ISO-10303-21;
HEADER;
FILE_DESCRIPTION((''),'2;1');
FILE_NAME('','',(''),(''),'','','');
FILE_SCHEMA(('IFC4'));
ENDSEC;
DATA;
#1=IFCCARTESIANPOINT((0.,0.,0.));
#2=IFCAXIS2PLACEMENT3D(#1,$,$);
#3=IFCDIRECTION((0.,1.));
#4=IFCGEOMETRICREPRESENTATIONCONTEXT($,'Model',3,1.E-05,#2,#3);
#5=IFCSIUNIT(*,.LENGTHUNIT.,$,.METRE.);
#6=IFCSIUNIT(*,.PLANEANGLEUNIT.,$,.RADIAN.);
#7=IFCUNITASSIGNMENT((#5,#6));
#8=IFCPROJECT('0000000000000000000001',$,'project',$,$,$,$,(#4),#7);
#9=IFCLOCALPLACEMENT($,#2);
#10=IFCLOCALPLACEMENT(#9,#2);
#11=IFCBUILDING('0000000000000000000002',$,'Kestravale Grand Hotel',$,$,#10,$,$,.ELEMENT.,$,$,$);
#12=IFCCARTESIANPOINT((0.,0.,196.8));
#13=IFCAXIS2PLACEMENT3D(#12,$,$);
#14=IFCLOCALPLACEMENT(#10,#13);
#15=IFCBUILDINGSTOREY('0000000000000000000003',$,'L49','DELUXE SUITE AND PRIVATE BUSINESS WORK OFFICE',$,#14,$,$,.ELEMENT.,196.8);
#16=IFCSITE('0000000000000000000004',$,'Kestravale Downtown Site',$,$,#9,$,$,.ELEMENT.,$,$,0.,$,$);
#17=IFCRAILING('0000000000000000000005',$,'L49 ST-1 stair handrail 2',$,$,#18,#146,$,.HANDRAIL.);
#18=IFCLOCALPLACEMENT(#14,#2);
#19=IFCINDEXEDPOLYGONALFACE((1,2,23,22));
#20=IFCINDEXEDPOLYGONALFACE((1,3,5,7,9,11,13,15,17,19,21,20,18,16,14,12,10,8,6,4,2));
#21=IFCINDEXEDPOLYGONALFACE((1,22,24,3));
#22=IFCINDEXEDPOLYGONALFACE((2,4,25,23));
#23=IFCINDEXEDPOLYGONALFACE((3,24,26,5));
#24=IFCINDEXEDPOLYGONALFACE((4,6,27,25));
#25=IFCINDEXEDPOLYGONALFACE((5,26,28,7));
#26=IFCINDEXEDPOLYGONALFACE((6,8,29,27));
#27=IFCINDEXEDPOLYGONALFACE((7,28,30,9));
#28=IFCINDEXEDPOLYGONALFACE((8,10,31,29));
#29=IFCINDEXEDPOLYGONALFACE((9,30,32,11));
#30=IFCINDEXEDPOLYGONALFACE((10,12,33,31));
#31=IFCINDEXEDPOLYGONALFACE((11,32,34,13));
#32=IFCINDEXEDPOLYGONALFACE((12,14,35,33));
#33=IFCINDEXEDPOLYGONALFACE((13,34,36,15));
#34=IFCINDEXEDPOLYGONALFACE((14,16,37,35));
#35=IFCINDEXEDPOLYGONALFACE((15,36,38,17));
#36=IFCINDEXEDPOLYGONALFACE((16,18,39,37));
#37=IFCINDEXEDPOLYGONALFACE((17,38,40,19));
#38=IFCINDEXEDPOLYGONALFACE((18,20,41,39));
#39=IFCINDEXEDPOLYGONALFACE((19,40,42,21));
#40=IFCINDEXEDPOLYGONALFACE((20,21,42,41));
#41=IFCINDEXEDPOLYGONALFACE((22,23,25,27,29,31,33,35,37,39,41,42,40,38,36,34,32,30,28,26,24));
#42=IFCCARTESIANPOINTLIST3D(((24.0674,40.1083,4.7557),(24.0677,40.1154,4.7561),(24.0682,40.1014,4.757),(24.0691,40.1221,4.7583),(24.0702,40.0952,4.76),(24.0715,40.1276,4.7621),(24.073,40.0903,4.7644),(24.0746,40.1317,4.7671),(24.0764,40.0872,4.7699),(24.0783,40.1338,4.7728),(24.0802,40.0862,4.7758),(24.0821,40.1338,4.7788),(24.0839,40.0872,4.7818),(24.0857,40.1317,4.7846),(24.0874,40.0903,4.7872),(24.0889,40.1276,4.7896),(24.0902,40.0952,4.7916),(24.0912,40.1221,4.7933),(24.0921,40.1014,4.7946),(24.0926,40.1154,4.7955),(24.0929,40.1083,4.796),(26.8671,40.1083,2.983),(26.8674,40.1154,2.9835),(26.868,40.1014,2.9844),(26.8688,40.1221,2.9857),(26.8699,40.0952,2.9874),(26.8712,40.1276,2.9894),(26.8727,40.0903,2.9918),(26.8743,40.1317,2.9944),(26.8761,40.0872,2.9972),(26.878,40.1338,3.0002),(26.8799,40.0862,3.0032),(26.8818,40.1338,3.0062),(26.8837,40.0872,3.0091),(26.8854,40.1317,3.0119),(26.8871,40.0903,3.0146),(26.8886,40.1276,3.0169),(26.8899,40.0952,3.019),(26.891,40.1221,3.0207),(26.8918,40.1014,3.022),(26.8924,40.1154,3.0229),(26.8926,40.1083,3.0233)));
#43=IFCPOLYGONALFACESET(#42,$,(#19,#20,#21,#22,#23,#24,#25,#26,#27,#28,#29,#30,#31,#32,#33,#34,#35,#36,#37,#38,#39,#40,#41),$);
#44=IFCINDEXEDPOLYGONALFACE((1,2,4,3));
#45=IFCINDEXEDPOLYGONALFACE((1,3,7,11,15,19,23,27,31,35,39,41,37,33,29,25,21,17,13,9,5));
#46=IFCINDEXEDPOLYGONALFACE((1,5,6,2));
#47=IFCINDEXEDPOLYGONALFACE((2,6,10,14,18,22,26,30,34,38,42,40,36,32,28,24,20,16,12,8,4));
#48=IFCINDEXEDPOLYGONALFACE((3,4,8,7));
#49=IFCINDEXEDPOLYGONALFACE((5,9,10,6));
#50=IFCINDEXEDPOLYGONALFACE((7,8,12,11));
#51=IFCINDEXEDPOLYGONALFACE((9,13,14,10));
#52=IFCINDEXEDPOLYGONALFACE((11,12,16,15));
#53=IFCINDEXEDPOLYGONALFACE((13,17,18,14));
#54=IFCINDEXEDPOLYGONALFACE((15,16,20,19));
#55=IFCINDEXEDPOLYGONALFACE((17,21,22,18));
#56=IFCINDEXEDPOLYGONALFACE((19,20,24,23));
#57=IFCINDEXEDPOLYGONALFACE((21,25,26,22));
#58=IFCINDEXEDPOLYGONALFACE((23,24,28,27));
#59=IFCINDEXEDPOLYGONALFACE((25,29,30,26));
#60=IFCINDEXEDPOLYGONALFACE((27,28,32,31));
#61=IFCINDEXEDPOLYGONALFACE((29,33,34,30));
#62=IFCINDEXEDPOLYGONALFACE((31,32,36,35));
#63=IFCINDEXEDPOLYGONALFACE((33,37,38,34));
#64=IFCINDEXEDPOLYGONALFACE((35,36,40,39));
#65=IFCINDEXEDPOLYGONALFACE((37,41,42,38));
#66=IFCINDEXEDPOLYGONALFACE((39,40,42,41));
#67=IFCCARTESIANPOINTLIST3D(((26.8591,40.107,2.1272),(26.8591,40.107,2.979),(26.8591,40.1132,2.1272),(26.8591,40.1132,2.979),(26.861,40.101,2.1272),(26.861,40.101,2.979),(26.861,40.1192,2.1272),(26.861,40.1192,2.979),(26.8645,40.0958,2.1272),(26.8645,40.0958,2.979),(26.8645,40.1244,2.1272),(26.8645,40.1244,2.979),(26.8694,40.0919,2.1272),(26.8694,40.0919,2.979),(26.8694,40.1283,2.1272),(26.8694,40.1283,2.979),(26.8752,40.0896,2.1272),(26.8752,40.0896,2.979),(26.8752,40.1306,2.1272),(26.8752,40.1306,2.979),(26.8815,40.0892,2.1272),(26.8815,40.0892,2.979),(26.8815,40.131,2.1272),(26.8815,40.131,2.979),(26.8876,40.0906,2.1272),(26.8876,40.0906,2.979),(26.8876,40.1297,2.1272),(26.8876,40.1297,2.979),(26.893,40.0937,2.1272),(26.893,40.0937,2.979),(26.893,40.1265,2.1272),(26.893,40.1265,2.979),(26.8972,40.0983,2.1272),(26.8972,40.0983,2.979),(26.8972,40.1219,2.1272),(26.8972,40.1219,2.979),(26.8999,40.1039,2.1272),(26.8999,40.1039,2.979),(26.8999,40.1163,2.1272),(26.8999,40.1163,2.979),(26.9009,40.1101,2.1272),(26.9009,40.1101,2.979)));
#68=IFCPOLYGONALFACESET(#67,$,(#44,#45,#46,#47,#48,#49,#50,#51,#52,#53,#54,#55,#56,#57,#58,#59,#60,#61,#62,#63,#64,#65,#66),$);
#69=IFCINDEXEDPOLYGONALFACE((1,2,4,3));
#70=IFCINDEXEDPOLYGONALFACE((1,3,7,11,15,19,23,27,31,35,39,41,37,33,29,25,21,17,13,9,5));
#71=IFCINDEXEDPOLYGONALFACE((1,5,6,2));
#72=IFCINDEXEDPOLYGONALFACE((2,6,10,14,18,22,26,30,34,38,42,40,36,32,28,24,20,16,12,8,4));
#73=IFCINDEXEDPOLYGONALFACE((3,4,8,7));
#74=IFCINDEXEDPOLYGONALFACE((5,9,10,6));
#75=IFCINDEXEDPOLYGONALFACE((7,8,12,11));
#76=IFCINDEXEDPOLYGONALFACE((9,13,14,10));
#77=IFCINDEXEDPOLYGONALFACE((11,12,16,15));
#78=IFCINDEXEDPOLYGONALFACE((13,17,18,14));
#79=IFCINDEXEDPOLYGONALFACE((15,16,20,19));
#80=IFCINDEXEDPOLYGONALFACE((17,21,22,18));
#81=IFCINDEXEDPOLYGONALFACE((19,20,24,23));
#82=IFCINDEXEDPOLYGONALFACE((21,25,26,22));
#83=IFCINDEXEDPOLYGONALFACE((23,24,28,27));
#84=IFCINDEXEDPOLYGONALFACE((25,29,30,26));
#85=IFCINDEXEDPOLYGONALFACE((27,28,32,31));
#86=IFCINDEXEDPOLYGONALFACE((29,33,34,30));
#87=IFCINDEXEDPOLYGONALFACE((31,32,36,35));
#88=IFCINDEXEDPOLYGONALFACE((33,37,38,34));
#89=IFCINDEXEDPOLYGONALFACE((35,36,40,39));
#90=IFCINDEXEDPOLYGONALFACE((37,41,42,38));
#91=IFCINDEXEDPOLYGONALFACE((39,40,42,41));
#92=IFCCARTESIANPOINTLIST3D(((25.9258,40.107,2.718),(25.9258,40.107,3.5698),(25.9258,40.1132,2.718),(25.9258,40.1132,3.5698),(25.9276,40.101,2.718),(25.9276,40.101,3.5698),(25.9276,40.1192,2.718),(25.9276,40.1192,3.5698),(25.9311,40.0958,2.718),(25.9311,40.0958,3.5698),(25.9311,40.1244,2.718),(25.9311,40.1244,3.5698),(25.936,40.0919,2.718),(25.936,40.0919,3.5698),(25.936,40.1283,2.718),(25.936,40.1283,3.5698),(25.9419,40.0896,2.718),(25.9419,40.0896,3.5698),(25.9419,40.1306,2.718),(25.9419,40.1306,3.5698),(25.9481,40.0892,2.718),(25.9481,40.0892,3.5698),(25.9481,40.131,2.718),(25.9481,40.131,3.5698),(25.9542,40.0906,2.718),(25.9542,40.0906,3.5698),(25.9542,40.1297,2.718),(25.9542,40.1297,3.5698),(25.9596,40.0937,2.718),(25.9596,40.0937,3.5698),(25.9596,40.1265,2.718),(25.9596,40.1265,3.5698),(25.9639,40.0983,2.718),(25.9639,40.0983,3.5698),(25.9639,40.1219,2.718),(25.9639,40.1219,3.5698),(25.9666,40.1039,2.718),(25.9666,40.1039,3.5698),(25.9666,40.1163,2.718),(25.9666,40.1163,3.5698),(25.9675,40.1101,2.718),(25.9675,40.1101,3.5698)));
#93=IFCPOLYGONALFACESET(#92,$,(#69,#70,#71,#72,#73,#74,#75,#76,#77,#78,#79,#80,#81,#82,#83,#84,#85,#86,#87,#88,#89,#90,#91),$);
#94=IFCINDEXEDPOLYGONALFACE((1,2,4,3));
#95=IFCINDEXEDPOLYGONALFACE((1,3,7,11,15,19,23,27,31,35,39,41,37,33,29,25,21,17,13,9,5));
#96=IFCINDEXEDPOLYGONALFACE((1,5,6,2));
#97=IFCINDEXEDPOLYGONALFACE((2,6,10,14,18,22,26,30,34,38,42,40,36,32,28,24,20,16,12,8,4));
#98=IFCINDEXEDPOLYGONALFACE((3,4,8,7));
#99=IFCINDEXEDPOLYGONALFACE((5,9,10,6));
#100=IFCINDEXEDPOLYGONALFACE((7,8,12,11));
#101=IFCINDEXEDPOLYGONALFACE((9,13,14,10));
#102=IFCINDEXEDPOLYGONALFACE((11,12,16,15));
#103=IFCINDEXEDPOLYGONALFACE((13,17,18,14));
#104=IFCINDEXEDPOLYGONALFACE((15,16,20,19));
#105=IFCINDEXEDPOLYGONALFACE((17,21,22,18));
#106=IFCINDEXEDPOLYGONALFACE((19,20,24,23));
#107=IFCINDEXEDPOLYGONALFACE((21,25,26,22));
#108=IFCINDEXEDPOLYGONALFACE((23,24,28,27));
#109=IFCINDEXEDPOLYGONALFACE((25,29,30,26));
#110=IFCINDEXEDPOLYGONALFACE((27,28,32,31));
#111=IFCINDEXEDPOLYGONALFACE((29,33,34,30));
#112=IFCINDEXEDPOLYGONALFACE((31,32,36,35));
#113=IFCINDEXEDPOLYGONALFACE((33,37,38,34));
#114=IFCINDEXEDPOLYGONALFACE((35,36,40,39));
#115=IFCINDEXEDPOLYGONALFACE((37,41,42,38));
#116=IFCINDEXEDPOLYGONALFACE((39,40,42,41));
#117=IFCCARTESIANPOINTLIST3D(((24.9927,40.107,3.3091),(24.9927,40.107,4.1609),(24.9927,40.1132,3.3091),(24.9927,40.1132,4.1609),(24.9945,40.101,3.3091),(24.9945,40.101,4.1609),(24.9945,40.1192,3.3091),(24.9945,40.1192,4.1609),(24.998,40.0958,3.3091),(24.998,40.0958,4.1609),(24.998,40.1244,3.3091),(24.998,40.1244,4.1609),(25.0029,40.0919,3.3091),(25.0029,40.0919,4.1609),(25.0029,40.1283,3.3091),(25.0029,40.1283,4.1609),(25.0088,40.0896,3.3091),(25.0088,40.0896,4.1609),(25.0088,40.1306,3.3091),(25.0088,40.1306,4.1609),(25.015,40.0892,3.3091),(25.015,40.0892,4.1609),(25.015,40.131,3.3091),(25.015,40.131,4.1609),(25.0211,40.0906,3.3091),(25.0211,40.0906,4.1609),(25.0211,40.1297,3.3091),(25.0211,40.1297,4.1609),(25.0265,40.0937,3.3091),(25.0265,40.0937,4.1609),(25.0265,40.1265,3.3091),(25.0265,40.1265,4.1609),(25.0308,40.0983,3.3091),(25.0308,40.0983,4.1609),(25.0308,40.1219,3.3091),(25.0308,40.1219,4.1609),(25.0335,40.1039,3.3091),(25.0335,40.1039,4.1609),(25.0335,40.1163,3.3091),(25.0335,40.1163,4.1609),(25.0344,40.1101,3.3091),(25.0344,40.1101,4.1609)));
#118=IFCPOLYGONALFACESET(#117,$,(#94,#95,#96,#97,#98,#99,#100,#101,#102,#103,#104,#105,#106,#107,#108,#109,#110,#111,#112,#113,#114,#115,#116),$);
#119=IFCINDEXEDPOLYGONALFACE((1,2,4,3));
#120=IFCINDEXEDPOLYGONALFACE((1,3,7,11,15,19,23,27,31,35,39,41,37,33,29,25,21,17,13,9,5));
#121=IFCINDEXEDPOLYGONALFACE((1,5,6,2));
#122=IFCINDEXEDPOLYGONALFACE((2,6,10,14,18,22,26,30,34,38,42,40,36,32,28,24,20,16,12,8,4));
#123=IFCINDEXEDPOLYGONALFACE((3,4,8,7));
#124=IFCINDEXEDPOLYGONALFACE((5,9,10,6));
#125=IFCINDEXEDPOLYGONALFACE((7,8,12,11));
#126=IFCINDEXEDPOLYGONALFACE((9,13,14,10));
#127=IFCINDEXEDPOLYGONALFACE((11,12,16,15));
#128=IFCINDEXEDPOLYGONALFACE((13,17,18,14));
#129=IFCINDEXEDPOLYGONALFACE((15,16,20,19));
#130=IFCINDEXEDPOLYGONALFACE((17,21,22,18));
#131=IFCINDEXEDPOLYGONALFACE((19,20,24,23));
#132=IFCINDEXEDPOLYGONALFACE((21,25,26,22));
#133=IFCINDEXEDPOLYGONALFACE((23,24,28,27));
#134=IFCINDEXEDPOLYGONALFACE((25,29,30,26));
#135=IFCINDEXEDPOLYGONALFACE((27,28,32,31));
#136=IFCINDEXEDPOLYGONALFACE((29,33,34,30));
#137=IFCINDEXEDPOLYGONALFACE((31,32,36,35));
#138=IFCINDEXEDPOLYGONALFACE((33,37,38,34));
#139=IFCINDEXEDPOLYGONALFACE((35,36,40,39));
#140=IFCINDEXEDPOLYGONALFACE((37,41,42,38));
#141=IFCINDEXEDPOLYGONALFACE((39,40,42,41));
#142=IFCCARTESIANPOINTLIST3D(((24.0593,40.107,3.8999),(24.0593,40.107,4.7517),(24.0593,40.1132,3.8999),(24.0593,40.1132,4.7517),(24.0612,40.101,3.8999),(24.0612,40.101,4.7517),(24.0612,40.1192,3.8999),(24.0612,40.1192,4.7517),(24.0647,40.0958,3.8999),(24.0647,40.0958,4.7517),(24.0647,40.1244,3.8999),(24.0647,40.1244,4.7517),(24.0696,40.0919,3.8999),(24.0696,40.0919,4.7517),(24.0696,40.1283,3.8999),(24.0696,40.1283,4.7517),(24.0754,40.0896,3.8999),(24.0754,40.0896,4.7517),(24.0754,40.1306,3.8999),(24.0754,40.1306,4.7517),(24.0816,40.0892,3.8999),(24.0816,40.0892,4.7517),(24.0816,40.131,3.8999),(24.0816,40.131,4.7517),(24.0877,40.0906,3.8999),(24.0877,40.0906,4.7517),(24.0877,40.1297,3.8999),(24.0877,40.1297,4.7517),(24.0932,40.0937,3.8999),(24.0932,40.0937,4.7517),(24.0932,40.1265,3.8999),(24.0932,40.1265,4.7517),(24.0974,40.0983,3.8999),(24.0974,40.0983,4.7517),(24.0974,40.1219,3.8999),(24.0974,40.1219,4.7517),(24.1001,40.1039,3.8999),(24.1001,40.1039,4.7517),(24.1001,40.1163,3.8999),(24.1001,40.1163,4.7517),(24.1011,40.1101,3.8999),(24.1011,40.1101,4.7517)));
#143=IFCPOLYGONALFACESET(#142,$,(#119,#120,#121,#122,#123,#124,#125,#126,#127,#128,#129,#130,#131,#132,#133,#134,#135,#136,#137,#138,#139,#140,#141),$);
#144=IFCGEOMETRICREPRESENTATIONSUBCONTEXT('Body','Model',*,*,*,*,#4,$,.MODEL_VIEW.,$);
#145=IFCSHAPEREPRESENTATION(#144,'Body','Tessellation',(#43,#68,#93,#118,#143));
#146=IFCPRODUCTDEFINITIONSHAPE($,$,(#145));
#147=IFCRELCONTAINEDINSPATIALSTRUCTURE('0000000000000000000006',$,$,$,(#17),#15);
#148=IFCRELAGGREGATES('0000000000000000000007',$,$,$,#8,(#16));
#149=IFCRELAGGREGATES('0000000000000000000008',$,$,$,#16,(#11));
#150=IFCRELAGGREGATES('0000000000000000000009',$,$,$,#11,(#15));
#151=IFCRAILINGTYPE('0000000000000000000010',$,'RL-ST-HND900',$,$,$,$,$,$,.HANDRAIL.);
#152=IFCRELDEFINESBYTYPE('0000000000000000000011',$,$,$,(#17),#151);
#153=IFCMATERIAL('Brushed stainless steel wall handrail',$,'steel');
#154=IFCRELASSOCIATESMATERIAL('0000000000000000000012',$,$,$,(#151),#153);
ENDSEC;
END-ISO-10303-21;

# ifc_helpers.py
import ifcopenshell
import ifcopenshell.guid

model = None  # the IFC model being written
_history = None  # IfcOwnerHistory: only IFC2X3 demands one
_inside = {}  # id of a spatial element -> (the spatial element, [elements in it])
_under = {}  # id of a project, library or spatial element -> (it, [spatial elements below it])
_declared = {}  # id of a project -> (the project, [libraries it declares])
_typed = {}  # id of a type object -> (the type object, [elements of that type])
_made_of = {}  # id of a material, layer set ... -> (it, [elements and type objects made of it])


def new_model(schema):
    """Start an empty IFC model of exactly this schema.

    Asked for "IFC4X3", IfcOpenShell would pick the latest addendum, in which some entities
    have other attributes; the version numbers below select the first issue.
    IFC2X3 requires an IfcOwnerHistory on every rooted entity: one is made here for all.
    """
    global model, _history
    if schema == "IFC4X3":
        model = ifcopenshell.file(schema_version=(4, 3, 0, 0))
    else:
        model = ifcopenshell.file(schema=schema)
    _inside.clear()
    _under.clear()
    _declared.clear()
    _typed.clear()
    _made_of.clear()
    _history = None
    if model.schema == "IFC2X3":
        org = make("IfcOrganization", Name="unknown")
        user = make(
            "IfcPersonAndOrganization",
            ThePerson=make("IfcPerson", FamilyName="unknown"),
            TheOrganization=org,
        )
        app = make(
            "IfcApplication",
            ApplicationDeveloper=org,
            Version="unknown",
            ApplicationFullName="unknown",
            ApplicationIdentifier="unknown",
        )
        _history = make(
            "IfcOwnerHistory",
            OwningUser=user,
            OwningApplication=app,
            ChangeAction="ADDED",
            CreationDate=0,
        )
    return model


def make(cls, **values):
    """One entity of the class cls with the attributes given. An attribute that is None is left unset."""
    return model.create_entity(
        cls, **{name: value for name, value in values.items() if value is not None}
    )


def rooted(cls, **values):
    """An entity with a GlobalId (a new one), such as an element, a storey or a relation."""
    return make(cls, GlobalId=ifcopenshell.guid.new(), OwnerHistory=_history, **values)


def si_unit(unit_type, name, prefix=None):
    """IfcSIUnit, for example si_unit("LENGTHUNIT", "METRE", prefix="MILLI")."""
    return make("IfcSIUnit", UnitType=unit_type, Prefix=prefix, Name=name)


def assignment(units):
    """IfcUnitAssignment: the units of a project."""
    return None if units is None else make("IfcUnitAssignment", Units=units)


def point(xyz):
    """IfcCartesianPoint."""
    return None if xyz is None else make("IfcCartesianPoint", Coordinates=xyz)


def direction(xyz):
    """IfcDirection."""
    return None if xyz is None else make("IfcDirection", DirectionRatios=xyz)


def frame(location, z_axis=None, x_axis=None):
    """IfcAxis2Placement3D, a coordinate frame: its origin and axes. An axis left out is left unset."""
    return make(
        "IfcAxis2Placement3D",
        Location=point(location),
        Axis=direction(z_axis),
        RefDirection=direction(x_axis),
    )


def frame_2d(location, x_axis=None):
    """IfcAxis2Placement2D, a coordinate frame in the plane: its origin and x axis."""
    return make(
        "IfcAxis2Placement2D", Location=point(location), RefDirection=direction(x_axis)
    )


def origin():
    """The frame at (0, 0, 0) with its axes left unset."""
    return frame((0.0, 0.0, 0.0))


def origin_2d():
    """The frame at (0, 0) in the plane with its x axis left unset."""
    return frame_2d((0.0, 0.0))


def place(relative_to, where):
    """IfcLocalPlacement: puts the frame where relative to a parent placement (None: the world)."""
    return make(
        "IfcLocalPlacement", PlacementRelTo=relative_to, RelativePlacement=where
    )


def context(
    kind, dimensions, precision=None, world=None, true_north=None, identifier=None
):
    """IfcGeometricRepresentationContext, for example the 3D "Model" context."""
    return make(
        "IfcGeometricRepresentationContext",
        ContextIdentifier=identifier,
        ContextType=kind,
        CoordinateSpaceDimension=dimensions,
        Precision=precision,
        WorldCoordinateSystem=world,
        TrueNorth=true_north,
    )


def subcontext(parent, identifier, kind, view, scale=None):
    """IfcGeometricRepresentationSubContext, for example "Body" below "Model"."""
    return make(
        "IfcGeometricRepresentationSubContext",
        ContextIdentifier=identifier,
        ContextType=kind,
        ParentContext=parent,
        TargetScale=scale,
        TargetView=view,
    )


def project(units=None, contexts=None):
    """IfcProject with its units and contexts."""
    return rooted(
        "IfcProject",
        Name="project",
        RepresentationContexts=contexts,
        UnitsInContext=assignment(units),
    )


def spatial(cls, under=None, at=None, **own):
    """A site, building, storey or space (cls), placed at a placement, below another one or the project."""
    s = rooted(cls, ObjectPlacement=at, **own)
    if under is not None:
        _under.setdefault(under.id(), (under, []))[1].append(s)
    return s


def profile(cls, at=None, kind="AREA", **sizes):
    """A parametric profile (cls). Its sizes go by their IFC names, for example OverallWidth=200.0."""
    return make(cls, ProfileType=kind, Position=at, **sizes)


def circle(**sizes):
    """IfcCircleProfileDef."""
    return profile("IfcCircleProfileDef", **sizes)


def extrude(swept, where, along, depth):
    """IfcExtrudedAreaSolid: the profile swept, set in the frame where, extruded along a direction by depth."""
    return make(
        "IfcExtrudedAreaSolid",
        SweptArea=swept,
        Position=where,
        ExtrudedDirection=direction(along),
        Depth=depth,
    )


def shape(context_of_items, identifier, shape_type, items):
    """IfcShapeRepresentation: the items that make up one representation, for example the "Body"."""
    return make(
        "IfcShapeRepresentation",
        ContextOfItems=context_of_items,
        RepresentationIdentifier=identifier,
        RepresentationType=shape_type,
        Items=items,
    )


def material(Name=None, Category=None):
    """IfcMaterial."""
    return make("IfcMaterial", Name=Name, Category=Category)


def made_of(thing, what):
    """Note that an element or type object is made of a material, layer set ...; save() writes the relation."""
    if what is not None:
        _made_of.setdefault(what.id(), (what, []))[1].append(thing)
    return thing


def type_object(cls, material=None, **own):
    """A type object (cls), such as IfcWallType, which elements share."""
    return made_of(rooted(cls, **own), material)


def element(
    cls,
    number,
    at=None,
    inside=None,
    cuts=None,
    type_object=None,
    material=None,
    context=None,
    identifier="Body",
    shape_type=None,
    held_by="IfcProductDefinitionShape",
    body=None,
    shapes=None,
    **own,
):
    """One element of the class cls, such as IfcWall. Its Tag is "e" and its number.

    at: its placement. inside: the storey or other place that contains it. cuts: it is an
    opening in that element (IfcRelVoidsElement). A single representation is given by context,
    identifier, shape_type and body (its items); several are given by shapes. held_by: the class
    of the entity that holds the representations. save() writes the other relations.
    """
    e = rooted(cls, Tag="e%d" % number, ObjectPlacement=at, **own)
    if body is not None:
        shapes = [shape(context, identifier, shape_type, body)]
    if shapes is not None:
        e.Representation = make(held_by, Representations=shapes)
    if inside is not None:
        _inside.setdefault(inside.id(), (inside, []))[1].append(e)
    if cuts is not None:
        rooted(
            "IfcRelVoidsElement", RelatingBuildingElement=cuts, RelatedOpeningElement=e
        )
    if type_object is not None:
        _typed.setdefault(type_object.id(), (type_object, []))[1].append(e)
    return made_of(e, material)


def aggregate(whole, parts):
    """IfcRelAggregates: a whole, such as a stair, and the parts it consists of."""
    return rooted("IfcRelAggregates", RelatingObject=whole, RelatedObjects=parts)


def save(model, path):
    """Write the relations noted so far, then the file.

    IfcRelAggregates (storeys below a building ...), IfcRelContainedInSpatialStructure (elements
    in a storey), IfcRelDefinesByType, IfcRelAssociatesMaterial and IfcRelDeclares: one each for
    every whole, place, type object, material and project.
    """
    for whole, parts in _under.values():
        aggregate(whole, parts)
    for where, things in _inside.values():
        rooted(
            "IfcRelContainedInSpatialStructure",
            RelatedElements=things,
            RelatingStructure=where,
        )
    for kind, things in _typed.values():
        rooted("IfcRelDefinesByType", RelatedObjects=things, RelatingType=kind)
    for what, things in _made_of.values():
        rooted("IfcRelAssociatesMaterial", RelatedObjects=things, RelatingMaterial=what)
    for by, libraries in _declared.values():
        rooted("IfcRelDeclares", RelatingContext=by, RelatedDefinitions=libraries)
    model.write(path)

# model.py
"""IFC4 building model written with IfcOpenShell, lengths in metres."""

from ifc_helpers import new_model, si_unit, direction, frame, origin, origin_2d, place, context, subcontext, project, spatial, circle, extrude, material, type_object, element, save


model = new_model("IFC4")

# Units and contexts
model_context = context("Model", 3, precision=1e-05, world=origin(), true_north=direction((0.0, 1.0)))
body_context = subcontext(model_context, "Body", "Model", "MODEL_VIEW")
ifc_project = project(units=[si_unit("LENGTHUNIT", "METRE"), si_unit("PLANEANGLEUNIT", "RADIAN")], contexts=[model_context])

# Site, building, storey
site_placement = place(None, origin())
site = spatial("IfcSite", under=ifc_project, at=site_placement, Name="Kestravale Downtown Site", CompositionType="ELEMENT", RefElevation=0.0)
building_placement = place(site_placement, origin())
building = spatial("IfcBuilding", under=site, at=building_placement, Name="Kestravale Grand Hotel", CompositionType="ELEMENT")
storey_placement = place(building_placement, frame((0.0, 0.0, 196.8)))
storey = spatial("IfcBuildingStorey", under=building, at=storey_placement, Name="L49", Description="DELUXE SUITE AND PRIVATE BUSINESS WORK OFFICE", CompositionType="ELEMENT", Elevation=196.8)

# Railing
ifc_material_1 = material(Name="Brushed stainless steel wall handrail", Category="steel")
railing_type_1 = type_object("IfcRailingType", Name="RL-ST-HND900", PredefinedType="HANDRAIL", material=ifc_material_1)
railing_1_placement = place(storey_placement, frame((26.8799, 40.1101, 2.1272)))
element("IfcRailing", 1, at=railing_1_placement, inside=storey, type_object=railing_type_1, Name="L49 ST-1 stair handrail 2", PredefinedType="HANDRAIL", context=body_context, shape_type="SweptSolid", body=[
    extrude(circle(Radius=0.0239, at=origin_2d()), frame((0.0, 0.0, 0.876), z_axis=(-0.844888, 0.0, 0.534943), x_axis=(0.0, -1.0, 0.0)), (0.0, 0.0, 1.0), 3.3137),
    extrude(circle(Radius=0.021, at=origin_2d()), origin(), (0.0, 0.0, 1.0), 0.8518),
    extrude(circle(Radius=0.021, at=origin_2d()), frame((-0.9333, 0.0, 0.5908)), (0.0, 0.0, 1.0), 0.8518),
    extrude(circle(Radius=0.021, at=origin_2d()), frame((-1.8665, 0.0, 1.1819)), (0.0, 0.0, 1.0), 0.8518),
    extrude(circle(Radius=0.021, at=origin_2d()), frame((-2.7998, 0.0, 1.7727)), (0.0, 0.0, 1.0), 0.8518),
])

save(model, "model.ifc")
